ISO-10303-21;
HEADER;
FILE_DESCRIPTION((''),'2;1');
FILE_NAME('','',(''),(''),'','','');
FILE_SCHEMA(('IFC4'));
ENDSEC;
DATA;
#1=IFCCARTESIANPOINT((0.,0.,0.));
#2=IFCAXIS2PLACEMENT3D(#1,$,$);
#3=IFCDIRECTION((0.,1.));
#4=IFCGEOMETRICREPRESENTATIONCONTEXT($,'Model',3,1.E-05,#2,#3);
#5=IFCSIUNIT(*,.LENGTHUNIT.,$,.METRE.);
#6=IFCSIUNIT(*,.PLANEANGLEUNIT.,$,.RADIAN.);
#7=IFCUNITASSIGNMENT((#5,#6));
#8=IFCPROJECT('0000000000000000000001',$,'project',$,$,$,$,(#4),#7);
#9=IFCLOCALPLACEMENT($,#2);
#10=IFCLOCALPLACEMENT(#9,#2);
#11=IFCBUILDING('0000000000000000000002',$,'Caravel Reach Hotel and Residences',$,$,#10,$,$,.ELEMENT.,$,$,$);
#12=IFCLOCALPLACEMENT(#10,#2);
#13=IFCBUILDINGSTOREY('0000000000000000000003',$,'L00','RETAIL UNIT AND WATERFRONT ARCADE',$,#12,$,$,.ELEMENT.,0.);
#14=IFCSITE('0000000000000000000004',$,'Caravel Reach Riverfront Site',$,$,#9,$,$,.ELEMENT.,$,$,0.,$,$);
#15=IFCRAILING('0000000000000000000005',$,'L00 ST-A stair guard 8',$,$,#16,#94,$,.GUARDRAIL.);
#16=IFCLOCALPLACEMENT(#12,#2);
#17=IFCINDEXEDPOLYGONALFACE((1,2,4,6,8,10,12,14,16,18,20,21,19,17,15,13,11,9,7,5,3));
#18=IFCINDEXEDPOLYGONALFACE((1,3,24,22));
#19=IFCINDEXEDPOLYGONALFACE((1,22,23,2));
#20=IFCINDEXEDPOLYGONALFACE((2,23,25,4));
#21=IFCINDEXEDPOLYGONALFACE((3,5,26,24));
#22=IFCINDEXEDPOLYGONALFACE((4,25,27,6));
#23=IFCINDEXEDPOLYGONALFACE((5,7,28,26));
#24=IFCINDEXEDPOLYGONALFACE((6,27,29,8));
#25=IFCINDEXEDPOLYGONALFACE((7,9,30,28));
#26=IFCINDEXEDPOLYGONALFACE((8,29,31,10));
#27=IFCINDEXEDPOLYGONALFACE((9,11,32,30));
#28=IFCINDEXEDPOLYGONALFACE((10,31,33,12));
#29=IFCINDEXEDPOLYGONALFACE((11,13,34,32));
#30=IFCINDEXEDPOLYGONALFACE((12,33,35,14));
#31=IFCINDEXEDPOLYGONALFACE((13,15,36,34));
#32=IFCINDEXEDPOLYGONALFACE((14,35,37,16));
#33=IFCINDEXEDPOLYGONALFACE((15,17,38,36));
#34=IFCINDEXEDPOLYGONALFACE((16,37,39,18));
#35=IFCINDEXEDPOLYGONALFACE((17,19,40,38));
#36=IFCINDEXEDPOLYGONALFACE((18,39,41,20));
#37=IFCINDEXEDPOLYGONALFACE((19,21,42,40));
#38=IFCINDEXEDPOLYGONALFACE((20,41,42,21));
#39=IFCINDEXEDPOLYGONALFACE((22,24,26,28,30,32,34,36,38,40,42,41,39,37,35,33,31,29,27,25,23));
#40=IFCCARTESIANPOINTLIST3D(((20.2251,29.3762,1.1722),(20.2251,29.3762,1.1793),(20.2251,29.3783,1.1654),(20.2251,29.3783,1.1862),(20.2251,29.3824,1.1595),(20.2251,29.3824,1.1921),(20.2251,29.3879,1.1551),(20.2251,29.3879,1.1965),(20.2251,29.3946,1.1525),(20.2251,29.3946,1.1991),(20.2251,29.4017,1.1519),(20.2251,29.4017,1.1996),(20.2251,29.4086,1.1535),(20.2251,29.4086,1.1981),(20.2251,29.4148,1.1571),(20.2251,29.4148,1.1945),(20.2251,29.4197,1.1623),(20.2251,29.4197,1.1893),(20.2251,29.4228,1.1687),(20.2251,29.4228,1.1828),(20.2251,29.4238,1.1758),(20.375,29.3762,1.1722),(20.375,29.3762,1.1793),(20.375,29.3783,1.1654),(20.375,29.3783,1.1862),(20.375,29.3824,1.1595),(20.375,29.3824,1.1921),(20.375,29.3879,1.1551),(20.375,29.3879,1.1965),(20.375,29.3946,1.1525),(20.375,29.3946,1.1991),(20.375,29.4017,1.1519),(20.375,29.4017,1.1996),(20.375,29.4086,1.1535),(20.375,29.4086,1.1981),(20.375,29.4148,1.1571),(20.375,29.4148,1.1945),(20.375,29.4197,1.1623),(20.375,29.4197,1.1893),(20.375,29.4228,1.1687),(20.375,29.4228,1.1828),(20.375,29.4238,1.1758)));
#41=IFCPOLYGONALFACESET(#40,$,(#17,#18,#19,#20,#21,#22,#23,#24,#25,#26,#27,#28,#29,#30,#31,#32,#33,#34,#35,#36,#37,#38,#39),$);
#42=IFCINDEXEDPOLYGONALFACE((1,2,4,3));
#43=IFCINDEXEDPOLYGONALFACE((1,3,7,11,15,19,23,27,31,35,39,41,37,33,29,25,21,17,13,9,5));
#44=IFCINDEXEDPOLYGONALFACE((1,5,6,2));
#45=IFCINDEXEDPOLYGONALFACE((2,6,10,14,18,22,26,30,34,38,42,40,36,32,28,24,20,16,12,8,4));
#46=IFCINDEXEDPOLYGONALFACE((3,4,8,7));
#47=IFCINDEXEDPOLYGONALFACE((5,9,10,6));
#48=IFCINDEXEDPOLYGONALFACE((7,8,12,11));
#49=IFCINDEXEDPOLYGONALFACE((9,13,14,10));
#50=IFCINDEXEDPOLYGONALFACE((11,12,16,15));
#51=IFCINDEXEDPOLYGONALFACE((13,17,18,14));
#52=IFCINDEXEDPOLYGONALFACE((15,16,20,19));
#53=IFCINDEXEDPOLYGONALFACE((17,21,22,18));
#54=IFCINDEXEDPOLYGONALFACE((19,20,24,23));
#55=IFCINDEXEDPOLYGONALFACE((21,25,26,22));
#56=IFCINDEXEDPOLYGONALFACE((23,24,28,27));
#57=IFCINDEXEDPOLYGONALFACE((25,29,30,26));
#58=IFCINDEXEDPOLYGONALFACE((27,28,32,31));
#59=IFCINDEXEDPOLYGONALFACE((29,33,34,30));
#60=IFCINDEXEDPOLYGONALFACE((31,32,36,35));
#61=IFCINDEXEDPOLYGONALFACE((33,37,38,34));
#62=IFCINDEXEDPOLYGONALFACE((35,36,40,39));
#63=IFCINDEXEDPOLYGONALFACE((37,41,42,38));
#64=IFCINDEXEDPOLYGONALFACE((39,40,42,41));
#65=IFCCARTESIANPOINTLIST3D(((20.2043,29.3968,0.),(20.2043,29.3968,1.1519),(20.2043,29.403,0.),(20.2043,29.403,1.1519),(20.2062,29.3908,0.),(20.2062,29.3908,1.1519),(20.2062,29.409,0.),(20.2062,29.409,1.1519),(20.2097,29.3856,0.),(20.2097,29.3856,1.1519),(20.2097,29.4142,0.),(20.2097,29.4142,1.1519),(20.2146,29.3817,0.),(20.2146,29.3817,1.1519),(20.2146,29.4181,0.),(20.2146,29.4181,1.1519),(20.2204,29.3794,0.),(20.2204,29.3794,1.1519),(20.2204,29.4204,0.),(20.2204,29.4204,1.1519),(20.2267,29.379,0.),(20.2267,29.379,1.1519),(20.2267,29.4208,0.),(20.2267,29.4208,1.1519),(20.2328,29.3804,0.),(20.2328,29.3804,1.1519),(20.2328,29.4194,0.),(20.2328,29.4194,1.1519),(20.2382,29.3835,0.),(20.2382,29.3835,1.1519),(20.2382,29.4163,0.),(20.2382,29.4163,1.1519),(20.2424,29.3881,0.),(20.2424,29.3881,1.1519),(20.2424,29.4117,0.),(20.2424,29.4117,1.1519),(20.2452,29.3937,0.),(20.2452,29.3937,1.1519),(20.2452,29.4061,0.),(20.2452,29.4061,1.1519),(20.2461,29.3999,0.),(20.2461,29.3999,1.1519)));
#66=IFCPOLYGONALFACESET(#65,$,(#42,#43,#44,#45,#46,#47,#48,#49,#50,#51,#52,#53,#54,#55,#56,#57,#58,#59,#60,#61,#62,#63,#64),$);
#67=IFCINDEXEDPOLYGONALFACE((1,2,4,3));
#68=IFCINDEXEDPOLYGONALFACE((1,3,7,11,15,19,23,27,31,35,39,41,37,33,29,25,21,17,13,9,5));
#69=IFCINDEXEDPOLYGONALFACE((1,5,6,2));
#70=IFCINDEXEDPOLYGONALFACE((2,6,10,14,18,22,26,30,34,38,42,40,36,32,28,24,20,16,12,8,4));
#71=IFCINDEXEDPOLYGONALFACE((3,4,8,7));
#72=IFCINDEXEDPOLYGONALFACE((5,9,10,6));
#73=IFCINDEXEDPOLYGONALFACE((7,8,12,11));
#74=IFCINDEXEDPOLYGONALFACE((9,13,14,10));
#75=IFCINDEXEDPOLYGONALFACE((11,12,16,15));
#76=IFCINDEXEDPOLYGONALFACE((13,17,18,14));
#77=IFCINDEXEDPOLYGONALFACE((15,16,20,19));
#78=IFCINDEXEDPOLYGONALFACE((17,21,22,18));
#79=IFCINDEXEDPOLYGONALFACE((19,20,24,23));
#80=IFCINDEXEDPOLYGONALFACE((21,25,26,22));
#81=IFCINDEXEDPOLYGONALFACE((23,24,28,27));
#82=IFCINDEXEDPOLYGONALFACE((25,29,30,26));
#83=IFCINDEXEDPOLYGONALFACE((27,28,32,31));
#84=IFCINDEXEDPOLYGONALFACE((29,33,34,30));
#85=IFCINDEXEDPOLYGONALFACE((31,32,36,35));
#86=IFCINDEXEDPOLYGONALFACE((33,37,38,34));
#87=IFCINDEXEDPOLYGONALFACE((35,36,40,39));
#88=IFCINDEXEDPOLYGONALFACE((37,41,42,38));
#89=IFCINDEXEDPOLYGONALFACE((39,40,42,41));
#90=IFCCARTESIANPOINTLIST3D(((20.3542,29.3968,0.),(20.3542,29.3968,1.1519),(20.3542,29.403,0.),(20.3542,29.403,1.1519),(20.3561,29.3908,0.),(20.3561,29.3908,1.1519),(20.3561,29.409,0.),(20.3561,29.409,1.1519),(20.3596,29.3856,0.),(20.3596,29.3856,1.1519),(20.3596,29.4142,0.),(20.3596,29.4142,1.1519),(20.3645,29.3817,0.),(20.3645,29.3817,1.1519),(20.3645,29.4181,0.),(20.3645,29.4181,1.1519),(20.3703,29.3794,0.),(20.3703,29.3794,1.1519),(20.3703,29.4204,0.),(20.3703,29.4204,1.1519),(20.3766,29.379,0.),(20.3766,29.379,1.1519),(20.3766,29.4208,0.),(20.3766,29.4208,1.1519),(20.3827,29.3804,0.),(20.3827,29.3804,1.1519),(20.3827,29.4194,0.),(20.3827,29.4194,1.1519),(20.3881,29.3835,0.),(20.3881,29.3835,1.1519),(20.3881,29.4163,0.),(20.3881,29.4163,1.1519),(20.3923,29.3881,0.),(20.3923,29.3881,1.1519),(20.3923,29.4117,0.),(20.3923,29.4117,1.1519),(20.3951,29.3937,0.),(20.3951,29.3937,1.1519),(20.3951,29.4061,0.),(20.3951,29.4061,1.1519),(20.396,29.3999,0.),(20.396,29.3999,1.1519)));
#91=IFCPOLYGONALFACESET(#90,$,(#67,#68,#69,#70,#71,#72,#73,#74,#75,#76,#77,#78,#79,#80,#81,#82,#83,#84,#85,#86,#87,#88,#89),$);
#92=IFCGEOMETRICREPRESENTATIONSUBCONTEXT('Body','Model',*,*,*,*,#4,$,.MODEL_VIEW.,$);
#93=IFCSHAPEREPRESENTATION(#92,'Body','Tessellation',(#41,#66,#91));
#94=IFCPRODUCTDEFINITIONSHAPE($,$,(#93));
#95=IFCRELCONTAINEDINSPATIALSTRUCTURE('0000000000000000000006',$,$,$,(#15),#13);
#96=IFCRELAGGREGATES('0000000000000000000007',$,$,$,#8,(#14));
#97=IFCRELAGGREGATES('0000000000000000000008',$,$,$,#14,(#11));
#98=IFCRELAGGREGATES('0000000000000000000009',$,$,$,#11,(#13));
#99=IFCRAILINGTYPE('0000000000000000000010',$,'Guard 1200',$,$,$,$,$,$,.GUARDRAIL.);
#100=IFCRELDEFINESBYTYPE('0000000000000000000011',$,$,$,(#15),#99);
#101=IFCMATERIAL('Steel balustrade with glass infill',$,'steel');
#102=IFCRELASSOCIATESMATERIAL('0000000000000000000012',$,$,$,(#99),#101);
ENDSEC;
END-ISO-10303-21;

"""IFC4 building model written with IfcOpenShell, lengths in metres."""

from ifc_helpers import new_model, si_unit, direction, frame, origin, origin_2d, place, context, subcontext, project, spatial, circle, extrude, material, type_object, element, save


model = new_model("IFC4")

# Units and contexts
model_context = context("Model", 3, precision=1e-05, world=origin(), true_north=direction((0.0, 1.0)))
body_context = subcontext(model_context, "Body", "Model", "MODEL_VIEW")
ifc_project = project(units=[si_unit("LENGTHUNIT", "METRE"), si_unit("PLANEANGLEUNIT", "RADIAN")], contexts=[model_context])

# Site, building, storey
site_placement = place(None, origin())
site = spatial("IfcSite", under=ifc_project, at=site_placement, Name="Caravel Reach Riverfront Site", CompositionType="ELEMENT", RefElevation=0.0)
building_placement = place(site_placement, origin())
building = spatial("IfcBuilding", under=site, at=building_placement, Name="Caravel Reach Hotel and Residences", CompositionType="ELEMENT")
storey_placement = place(building_placement, origin())
storey = spatial("IfcBuildingStorey", under=building, at=storey_placement, Name="L00", Description="RETAIL UNIT AND WATERFRONT ARCADE", CompositionType="ELEMENT", Elevation=0.0)

# Railing
ifc_material_1 = material(Name="Steel balustrade with glass infill", Category="steel")
railing_type_1 = type_object("IfcRailingType", Name="Guard 1200", PredefinedType="GUARDRAIL", material=ifc_material_1)
railing_placement = place(storey_placement, frame((20.2251, 29.3999, 0.0)))
element("IfcRailing", 1, at=railing_placement, inside=storey, type_object=railing_type_1, Name="L00 ST-A stair guard 8", PredefinedType="GUARDRAIL", context=body_context, shape_type="SweptSolid", body=[
    extrude(circle(Radius=0.0239, at=origin_2d()), frame((0.0, 0.0, 1.1758), z_axis=(1.0, 0.0, 0.0), x_axis=(0.0, 1.0, 0.0)), (0.0, 0.0, 1.0), 0.1499),
    extrude(circle(Radius=0.021, at=origin_2d()), origin(), (0.0, 0.0, 1.0), 1.1519),
    extrude(circle(Radius=0.021, at=origin_2d()), frame((0.1499, 0.0, 0.0)), (0.0, 0.0, 1.0), 1.1519),
])

save(model, "model.ifc")
